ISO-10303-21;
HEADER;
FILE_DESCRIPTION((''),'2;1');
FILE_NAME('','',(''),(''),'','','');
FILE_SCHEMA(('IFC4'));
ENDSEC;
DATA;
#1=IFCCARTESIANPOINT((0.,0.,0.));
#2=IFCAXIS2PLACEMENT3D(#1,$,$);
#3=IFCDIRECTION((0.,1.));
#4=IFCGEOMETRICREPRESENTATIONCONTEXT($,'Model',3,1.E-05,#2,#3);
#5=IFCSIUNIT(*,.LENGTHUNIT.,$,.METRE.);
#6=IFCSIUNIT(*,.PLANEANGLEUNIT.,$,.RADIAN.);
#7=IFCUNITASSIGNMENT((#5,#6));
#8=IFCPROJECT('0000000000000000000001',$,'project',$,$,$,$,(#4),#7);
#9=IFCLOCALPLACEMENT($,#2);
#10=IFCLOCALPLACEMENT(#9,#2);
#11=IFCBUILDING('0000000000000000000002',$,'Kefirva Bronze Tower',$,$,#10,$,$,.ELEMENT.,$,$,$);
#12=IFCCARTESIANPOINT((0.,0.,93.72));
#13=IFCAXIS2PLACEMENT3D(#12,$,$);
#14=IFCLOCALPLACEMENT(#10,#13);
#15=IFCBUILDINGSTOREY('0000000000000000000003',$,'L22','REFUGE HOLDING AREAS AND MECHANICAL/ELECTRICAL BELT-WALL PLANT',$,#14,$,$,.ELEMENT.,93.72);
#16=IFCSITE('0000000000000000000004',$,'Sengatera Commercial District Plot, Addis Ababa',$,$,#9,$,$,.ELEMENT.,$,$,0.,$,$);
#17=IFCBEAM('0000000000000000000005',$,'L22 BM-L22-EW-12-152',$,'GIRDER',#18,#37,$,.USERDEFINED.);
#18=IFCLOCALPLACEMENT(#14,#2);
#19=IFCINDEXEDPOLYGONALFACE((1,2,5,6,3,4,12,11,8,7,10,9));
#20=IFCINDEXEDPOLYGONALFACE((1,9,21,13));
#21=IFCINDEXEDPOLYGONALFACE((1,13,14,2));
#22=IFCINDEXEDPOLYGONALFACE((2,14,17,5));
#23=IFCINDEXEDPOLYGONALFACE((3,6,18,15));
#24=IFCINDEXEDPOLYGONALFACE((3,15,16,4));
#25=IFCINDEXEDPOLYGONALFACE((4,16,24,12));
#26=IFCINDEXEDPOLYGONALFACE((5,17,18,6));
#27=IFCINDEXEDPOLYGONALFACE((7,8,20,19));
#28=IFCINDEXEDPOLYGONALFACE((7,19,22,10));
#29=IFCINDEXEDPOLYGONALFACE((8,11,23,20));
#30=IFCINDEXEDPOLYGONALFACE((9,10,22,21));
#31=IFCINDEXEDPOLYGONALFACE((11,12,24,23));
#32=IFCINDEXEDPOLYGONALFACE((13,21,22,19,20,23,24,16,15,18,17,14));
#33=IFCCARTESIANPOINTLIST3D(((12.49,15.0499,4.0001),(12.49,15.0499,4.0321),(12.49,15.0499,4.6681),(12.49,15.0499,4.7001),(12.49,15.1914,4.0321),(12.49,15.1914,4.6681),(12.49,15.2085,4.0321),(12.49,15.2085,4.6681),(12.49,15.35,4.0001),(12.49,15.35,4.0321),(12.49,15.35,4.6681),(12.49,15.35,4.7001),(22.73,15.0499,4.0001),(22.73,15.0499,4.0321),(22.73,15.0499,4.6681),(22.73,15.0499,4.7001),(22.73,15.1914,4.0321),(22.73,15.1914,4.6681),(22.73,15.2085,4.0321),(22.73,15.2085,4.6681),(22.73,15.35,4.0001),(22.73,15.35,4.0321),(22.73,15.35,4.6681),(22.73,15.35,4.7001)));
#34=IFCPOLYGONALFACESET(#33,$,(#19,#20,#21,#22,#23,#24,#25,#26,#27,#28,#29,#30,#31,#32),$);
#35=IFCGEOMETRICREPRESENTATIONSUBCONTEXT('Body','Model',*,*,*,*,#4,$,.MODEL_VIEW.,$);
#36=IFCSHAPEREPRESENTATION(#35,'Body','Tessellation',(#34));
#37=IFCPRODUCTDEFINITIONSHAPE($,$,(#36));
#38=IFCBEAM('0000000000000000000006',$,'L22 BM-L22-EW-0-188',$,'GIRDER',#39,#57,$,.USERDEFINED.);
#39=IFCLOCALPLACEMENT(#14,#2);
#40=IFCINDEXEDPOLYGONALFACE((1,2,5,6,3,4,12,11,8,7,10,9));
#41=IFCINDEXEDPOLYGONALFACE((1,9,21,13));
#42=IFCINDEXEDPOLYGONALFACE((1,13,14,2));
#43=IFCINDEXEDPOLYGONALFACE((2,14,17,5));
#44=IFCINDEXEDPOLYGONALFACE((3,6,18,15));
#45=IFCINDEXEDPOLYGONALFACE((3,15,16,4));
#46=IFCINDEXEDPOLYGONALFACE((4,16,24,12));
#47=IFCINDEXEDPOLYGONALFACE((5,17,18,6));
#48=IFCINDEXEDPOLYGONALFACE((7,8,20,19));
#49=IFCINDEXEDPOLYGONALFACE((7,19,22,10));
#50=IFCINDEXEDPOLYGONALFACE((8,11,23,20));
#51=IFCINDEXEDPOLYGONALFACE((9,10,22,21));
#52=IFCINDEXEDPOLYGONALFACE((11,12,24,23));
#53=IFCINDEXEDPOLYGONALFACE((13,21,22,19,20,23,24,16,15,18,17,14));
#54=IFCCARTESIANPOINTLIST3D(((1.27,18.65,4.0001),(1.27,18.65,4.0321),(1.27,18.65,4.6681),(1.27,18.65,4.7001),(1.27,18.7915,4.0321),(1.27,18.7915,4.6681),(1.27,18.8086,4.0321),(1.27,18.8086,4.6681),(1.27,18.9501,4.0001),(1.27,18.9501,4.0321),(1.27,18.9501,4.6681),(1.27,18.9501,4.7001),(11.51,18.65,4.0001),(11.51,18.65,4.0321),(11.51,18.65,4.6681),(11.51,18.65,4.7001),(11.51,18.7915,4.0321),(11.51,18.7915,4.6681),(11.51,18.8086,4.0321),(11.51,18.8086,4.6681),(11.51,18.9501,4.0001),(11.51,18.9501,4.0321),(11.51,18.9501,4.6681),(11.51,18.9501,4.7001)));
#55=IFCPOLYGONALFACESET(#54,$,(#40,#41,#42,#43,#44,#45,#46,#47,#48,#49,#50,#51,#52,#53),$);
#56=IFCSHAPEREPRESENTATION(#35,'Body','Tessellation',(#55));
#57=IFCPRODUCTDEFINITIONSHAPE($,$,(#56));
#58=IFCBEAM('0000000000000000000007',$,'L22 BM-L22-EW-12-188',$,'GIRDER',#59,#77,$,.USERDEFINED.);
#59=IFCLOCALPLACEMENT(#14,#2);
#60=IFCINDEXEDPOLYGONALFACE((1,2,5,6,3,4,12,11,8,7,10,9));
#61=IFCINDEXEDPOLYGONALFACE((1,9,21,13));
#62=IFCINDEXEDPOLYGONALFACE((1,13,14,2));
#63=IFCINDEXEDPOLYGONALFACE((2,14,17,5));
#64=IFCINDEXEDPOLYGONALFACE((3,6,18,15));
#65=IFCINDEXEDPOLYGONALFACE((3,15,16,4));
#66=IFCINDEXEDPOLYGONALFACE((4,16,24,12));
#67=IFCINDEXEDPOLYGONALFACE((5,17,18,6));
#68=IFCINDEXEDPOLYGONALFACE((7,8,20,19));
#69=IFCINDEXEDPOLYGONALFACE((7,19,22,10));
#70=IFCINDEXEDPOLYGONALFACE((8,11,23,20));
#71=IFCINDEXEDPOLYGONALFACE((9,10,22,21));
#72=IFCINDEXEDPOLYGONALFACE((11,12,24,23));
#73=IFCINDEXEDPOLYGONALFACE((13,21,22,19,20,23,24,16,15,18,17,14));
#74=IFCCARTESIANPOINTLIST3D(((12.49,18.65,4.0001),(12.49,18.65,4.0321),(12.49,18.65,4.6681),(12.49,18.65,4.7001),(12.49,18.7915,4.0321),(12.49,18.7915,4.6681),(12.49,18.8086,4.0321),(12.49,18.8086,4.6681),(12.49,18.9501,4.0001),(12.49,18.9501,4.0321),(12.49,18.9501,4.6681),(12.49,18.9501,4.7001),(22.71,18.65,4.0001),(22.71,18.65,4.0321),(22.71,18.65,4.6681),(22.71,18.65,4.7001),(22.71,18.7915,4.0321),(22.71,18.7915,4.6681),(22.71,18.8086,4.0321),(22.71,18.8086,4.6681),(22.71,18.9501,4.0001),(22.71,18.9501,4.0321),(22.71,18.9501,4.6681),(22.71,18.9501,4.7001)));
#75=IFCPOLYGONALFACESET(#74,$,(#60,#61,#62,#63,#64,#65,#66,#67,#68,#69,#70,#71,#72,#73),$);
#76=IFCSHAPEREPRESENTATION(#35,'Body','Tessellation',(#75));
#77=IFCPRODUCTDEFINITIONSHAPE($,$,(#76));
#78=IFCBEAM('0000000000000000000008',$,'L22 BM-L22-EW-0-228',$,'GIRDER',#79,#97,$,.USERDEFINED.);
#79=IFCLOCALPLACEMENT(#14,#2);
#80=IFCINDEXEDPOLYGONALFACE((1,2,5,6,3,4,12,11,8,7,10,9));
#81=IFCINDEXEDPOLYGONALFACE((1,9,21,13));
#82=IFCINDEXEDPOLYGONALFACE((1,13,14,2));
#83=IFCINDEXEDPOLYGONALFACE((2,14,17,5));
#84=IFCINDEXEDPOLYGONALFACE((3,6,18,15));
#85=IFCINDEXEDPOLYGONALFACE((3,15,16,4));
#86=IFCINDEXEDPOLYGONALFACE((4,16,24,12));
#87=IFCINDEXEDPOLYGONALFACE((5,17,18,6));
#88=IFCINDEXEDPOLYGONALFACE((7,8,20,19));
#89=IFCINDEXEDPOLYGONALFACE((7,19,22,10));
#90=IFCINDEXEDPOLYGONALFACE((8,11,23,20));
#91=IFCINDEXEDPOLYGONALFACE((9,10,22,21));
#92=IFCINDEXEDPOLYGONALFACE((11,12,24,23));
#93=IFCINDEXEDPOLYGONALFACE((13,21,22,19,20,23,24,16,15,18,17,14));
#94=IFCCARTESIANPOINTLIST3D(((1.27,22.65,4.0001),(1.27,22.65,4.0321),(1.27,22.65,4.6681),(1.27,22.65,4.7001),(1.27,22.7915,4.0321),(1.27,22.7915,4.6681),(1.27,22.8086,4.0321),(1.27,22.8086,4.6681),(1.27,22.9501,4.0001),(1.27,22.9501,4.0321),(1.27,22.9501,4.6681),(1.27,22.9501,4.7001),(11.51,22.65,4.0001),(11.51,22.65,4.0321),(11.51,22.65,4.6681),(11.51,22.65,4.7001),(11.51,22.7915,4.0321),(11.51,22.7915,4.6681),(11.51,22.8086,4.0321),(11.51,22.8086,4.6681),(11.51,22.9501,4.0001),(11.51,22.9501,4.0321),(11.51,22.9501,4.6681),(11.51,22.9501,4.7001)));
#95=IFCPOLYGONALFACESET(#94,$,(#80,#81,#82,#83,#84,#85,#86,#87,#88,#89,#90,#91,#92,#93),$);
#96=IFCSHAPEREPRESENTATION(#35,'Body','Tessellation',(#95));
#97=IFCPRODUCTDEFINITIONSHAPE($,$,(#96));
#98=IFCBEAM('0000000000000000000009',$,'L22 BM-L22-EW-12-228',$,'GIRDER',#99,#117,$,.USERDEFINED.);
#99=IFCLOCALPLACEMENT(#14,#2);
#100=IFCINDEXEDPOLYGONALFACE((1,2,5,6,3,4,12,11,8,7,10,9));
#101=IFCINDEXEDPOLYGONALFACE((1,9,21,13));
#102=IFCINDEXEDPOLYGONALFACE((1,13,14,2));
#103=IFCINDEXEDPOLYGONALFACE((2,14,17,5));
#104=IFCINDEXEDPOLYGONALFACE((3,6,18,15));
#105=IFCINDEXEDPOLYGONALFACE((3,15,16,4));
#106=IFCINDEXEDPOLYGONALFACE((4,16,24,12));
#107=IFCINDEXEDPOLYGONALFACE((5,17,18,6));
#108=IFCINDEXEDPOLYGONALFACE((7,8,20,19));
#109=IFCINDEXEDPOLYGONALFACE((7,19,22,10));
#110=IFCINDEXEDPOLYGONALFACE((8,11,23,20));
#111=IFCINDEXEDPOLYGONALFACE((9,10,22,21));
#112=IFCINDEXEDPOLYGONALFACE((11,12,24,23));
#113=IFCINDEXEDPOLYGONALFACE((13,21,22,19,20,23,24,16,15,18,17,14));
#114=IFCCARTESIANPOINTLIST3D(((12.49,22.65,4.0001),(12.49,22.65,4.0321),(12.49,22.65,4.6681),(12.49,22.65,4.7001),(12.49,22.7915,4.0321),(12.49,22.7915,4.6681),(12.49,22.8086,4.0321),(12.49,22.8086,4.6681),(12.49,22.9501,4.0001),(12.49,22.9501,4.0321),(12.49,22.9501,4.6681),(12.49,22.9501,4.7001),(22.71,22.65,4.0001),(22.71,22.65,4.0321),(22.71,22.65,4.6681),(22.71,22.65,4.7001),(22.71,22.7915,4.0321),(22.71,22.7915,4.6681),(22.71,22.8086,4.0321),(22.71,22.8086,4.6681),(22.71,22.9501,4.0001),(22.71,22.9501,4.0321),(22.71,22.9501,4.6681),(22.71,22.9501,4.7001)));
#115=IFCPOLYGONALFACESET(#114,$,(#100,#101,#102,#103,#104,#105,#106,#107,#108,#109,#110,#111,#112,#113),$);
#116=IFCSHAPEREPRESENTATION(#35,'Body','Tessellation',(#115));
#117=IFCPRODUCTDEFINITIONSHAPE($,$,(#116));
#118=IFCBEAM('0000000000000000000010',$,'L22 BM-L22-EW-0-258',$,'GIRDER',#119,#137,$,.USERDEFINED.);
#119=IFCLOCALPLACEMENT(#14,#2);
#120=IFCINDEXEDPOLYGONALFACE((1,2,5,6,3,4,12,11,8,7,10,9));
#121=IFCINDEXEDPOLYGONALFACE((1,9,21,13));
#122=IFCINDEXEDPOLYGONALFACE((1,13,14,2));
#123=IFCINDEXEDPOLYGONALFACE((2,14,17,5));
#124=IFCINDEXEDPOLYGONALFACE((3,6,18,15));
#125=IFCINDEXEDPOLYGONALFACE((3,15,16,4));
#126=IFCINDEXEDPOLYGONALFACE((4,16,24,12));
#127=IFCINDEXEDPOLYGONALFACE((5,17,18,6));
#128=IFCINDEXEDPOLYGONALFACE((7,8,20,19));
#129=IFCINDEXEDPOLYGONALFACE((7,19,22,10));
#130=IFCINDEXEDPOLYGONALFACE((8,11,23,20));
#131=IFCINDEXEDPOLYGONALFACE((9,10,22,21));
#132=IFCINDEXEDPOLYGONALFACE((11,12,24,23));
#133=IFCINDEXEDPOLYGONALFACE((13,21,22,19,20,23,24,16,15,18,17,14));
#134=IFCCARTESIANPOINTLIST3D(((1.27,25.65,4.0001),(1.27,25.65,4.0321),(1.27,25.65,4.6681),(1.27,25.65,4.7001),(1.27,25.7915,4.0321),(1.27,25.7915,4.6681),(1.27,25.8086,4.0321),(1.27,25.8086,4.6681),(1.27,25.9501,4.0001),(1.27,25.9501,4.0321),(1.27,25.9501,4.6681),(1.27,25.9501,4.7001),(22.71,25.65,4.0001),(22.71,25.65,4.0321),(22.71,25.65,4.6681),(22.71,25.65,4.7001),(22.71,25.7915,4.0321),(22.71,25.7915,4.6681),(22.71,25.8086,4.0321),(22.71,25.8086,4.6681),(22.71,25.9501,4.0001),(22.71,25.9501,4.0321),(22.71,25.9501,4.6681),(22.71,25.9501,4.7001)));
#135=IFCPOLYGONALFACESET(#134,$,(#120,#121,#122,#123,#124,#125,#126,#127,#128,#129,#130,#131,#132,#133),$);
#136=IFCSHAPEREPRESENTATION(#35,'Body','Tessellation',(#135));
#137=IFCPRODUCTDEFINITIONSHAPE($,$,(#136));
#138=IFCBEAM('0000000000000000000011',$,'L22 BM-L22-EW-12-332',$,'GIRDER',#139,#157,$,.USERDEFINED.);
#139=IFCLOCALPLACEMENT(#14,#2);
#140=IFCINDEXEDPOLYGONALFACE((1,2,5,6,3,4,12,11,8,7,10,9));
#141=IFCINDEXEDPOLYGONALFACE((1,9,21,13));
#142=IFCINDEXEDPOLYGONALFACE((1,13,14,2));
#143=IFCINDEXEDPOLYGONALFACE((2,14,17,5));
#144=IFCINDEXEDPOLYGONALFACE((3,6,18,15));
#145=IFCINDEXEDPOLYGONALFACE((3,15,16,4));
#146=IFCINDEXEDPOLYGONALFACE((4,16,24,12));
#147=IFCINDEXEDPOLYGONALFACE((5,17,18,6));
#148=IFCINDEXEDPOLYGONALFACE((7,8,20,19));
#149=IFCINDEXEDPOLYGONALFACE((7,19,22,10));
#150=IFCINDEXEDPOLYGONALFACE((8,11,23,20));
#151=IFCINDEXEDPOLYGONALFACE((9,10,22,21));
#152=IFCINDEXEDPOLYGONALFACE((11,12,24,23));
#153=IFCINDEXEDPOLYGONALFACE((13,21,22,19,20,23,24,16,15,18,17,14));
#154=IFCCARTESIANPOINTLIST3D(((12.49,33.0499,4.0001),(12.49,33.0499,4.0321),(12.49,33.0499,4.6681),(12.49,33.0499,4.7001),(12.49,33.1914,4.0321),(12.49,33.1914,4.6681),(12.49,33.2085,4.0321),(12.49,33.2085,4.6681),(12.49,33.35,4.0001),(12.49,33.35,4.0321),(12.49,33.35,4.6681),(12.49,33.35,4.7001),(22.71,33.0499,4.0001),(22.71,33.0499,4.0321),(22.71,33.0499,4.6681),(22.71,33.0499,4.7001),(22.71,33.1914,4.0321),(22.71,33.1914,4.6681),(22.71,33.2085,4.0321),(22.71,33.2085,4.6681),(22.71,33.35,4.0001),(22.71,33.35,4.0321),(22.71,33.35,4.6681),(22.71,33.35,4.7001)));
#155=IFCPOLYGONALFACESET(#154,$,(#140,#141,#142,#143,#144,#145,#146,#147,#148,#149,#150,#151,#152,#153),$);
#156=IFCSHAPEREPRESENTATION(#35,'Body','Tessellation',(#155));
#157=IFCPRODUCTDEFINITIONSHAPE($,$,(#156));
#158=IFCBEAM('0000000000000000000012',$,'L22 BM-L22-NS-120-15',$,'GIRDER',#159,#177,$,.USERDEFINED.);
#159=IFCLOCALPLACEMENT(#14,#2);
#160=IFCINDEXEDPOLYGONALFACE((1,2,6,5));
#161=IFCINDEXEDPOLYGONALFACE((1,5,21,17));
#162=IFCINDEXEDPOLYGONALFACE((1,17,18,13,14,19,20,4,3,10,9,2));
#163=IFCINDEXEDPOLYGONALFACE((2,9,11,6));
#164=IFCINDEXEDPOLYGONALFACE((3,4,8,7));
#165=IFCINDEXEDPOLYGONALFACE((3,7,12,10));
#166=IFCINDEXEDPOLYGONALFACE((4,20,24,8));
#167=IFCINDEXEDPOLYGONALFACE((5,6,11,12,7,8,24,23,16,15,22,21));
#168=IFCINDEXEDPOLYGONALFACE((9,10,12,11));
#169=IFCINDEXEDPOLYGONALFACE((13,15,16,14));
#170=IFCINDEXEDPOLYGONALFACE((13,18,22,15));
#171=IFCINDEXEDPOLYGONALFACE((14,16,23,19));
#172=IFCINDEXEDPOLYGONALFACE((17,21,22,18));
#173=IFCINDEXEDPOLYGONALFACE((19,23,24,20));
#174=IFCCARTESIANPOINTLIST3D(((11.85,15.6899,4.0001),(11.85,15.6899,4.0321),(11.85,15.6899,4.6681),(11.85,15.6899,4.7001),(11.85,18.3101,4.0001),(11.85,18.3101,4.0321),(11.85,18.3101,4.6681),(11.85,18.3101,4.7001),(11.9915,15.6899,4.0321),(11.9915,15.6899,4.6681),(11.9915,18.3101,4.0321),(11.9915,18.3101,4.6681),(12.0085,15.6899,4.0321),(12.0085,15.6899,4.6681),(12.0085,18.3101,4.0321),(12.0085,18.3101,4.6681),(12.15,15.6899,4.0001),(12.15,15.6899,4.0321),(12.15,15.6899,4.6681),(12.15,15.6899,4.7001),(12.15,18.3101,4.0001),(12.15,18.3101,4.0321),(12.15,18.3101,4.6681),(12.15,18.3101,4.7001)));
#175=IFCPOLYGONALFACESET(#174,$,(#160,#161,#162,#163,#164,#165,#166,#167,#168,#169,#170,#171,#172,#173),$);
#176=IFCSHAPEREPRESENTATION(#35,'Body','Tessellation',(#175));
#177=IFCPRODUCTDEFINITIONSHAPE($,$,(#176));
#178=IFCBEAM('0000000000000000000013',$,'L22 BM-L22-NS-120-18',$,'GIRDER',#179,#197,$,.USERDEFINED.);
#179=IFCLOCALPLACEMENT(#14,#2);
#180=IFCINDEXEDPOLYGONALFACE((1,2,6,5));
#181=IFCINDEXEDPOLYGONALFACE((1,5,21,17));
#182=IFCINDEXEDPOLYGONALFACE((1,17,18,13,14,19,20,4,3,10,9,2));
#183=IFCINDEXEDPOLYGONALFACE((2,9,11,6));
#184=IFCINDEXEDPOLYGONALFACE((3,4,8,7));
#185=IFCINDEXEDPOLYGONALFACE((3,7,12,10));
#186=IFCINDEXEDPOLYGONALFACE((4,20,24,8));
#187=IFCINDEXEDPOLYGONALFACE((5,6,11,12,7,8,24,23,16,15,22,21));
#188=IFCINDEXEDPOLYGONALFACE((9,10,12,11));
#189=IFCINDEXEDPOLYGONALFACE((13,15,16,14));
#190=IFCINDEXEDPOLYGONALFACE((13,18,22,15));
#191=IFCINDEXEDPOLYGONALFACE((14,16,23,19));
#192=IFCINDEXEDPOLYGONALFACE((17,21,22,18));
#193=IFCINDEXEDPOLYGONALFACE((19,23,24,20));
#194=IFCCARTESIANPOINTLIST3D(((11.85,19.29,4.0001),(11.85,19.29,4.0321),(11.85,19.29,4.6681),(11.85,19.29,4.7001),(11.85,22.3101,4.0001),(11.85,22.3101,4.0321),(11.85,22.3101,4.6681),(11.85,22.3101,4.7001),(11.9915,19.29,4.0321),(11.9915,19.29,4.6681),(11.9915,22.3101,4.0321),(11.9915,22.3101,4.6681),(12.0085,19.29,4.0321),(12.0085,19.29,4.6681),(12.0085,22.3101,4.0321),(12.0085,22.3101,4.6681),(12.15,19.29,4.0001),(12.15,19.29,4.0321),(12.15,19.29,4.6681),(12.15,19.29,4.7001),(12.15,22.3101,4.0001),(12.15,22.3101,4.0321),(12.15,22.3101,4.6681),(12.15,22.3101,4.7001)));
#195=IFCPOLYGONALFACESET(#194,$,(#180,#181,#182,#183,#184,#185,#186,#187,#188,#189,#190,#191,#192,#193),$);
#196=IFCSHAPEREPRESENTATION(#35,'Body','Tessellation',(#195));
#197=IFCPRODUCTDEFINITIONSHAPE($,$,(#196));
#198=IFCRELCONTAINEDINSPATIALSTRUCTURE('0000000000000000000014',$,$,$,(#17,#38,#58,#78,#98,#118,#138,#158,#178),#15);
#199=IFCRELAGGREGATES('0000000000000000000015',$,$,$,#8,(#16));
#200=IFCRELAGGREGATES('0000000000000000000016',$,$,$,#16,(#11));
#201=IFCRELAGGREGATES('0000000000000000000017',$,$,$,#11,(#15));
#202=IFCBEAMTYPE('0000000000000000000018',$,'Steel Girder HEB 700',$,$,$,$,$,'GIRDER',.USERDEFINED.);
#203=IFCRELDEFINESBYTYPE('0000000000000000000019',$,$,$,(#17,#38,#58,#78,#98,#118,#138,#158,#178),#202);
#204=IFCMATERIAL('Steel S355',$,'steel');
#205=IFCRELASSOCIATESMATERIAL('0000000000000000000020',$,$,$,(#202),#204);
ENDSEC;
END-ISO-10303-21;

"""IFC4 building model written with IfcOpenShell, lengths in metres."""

from ifc_helpers import new_model, si_unit, direction, frame, origin, origin_2d, place, context, subcontext, project, spatial, i_section, extrude, material, material_profile, profile_set, type_object, element, save


model = new_model("IFC4")

# Units and contexts
model_context = context("Model", 3, precision=1e-05, world=origin(), true_north=direction((0.0, 1.0)))
body_context = subcontext(model_context, "Body", "Model", "MODEL_VIEW")
ifc_project = project(units=[si_unit("LENGTHUNIT", "METRE"), si_unit("PLANEANGLEUNIT", "RADIAN")], contexts=[model_context])

# Site, building, storey
site_placement = place(None, origin())
site = spatial("IfcSite", under=ifc_project, at=site_placement, Name="Sengatera Commercial District Plot, Addis Ababa", CompositionType="ELEMENT", RefElevation=0.0)
building_placement = place(site_placement, origin())
building = spatial("IfcBuilding", under=site, at=building_placement, Name="Kefirva Bronze Tower", CompositionType="ELEMENT")
storey_placement = place(building_placement, frame((0.0, 0.0, 93.72)))
storey = spatial("IfcBuildingStorey", under=building, at=storey_placement, Name="L22", Description="REFUGE HOLDING AREAS AND MECHANICAL/ELECTRICAL BELT-WALL PLANT", CompositionType="ELEMENT", Elevation=93.72)

# Beams
ifc_material_1 = material(Name="Steel S355", Category="steel")
ifc_material_profile_1 = material_profile(ifc_material_1, i_section(OverallWidth=0.3, OverallDepth=0.7, WebThickness=0.0171, FlangeThickness=0.032, at=origin_2d()), Name="HEB 700")
ifc_profile_set_1 = profile_set([ifc_material_profile_1], Name="Steel S355")
beam_type_1 = type_object("IfcBeamType", Name="Steel Girder HEB 700", ElementType="GIRDER", PredefinedType="USERDEFINED", material=ifc_profile_set_1)
for number, where, z_axis, x_axis, name in (
    (1, (12.49, 15.2, 4.3501), (1.0, 0.0, 0.0), (0.0, 1.0, 0.0), "L22 BM-L22-EW-12-152"),
    (2, (1.27, 18.8, 4.3501), (1.0, 0.0, 0.0), (0.0, 1.0, 0.0), "L22 BM-L22-EW-0-188"),
):
    element("IfcBeam", number, at=place(storey_placement, frame(where, z_axis=z_axis, x_axis=x_axis)), inside=storey, type_object=beam_type_1, Name=name, ObjectType="GIRDER", PredefinedType="USERDEFINED", context=body_context, shape_type="SweptSolid", body=[
        extrude(i_section(OverallWidth=0.3, OverallDepth=0.7, WebThickness=0.0171, FlangeThickness=0.032, at=origin_2d()), origin(), (0.0, 0.0, 1.0), 10.24),
    ])
beam_1_placement = place(storey_placement, frame((12.49, 18.8, 4.3501), z_axis=(1.0, 0.0, 0.0), x_axis=(0.0, 1.0, 0.0)))
element("IfcBeam", 3, at=beam_1_placement, inside=storey, type_object=beam_type_1, Name="L22 BM-L22-EW-12-188", ObjectType="GIRDER", PredefinedType="USERDEFINED", context=body_context, shape_type="SweptSolid", body=[
    extrude(i_section(OverallWidth=0.3, OverallDepth=0.7, WebThickness=0.0171, FlangeThickness=0.032, at=origin_2d()), origin(), (0.0, 0.0, 1.0), 10.22),
])
beam_2_placement = place(storey_placement, frame((1.27, 22.8, 4.3501), z_axis=(1.0, 0.0, 0.0), x_axis=(0.0, 1.0, 0.0)))
element("IfcBeam", 4, at=beam_2_placement, inside=storey, type_object=beam_type_1, Name="L22 BM-L22-EW-0-228", ObjectType="GIRDER", PredefinedType="USERDEFINED", context=body_context, shape_type="SweptSolid", body=[
    extrude(i_section(OverallWidth=0.3, OverallDepth=0.7, WebThickness=0.0171, FlangeThickness=0.032, at=origin_2d()), origin(), (0.0, 0.0, 1.0), 10.24),
])
beam_3_placement = place(storey_placement, frame((12.49, 22.8, 4.3501), z_axis=(1.0, 0.0, 0.0), x_axis=(0.0, 1.0, 0.0)))
element("IfcBeam", 5, at=beam_3_placement, inside=storey, type_object=beam_type_1, Name="L22 BM-L22-EW-12-228", ObjectType="GIRDER", PredefinedType="USERDEFINED", context=body_context, shape_type="SweptSolid", body=[
    extrude(i_section(OverallWidth=0.3, OverallDepth=0.7, WebThickness=0.0171, FlangeThickness=0.032, at=origin_2d()), origin(), (0.0, 0.0, 1.0), 10.22),
])
beam_4_placement = place(storey_placement, frame((1.27, 25.8, 4.3501), z_axis=(1.0, 0.0, 0.0), x_axis=(0.0, 1.0, 0.0)))
element("IfcBeam", 6, at=beam_4_placement, inside=storey, type_object=beam_type_1, Name="L22 BM-L22-EW-0-258", ObjectType="GIRDER", PredefinedType="USERDEFINED", context=body_context, shape_type="SweptSolid", body=[
    extrude(i_section(OverallWidth=0.3, OverallDepth=0.7, WebThickness=0.0171, FlangeThickness=0.032, at=origin_2d()), origin(), (0.0, 0.0, 1.0), 21.4399),
])
beam_5_placement = place(storey_placement, frame((12.49, 33.2, 4.3501), z_axis=(1.0, 0.0, 0.0), x_axis=(0.0, 1.0, 0.0)))
element("IfcBeam", 7, at=beam_5_placement, inside=storey, type_object=beam_type_1, Name="L22 BM-L22-EW-12-332", ObjectType="GIRDER", PredefinedType="USERDEFINED", context=body_context, shape_type="SweptSolid", body=[
    extrude(i_section(OverallWidth=0.3, OverallDepth=0.7, WebThickness=0.0171, FlangeThickness=0.032, at=origin_2d()), origin(), (0.0, 0.0, 1.0), 10.22),
])
beam_6_placement = place(storey_placement, frame((12.0, 15.6899, 4.3501), z_axis=(0.0, 1.0, 0.0), x_axis=(-1.0, 0.0, 0.0)))
element("IfcBeam", 8, at=beam_6_placement, inside=storey, type_object=beam_type_1, Name="L22 BM-L22-NS-120-15", ObjectType="GIRDER", PredefinedType="USERDEFINED", context=body_context, shape_type="SweptSolid", body=[
    extrude(i_section(OverallWidth=0.3, OverallDepth=0.7, WebThickness=0.0171, FlangeThickness=0.032, at=origin_2d()), origin(), (0.0, 0.0, 1.0), 2.6201),
])
beam_7_placement = place(storey_placement, frame((12.0, 19.29, 4.3501), z_axis=(0.0, 1.0, 0.0), x_axis=(-1.0, 0.0, 0.0)))
element("IfcBeam", 9, at=beam_7_placement, inside=storey, type_object=beam_type_1, Name="L22 BM-L22-NS-120-18", ObjectType="GIRDER", PredefinedType="USERDEFINED", context=body_context, shape_type="SweptSolid", body=[
    extrude(i_section(OverallWidth=0.3, OverallDepth=0.7, WebThickness=0.0171, FlangeThickness=0.032, at=origin_2d()), origin(), (0.0, 0.0, 1.0), 3.02),
])

save(model, "model.ifc")
